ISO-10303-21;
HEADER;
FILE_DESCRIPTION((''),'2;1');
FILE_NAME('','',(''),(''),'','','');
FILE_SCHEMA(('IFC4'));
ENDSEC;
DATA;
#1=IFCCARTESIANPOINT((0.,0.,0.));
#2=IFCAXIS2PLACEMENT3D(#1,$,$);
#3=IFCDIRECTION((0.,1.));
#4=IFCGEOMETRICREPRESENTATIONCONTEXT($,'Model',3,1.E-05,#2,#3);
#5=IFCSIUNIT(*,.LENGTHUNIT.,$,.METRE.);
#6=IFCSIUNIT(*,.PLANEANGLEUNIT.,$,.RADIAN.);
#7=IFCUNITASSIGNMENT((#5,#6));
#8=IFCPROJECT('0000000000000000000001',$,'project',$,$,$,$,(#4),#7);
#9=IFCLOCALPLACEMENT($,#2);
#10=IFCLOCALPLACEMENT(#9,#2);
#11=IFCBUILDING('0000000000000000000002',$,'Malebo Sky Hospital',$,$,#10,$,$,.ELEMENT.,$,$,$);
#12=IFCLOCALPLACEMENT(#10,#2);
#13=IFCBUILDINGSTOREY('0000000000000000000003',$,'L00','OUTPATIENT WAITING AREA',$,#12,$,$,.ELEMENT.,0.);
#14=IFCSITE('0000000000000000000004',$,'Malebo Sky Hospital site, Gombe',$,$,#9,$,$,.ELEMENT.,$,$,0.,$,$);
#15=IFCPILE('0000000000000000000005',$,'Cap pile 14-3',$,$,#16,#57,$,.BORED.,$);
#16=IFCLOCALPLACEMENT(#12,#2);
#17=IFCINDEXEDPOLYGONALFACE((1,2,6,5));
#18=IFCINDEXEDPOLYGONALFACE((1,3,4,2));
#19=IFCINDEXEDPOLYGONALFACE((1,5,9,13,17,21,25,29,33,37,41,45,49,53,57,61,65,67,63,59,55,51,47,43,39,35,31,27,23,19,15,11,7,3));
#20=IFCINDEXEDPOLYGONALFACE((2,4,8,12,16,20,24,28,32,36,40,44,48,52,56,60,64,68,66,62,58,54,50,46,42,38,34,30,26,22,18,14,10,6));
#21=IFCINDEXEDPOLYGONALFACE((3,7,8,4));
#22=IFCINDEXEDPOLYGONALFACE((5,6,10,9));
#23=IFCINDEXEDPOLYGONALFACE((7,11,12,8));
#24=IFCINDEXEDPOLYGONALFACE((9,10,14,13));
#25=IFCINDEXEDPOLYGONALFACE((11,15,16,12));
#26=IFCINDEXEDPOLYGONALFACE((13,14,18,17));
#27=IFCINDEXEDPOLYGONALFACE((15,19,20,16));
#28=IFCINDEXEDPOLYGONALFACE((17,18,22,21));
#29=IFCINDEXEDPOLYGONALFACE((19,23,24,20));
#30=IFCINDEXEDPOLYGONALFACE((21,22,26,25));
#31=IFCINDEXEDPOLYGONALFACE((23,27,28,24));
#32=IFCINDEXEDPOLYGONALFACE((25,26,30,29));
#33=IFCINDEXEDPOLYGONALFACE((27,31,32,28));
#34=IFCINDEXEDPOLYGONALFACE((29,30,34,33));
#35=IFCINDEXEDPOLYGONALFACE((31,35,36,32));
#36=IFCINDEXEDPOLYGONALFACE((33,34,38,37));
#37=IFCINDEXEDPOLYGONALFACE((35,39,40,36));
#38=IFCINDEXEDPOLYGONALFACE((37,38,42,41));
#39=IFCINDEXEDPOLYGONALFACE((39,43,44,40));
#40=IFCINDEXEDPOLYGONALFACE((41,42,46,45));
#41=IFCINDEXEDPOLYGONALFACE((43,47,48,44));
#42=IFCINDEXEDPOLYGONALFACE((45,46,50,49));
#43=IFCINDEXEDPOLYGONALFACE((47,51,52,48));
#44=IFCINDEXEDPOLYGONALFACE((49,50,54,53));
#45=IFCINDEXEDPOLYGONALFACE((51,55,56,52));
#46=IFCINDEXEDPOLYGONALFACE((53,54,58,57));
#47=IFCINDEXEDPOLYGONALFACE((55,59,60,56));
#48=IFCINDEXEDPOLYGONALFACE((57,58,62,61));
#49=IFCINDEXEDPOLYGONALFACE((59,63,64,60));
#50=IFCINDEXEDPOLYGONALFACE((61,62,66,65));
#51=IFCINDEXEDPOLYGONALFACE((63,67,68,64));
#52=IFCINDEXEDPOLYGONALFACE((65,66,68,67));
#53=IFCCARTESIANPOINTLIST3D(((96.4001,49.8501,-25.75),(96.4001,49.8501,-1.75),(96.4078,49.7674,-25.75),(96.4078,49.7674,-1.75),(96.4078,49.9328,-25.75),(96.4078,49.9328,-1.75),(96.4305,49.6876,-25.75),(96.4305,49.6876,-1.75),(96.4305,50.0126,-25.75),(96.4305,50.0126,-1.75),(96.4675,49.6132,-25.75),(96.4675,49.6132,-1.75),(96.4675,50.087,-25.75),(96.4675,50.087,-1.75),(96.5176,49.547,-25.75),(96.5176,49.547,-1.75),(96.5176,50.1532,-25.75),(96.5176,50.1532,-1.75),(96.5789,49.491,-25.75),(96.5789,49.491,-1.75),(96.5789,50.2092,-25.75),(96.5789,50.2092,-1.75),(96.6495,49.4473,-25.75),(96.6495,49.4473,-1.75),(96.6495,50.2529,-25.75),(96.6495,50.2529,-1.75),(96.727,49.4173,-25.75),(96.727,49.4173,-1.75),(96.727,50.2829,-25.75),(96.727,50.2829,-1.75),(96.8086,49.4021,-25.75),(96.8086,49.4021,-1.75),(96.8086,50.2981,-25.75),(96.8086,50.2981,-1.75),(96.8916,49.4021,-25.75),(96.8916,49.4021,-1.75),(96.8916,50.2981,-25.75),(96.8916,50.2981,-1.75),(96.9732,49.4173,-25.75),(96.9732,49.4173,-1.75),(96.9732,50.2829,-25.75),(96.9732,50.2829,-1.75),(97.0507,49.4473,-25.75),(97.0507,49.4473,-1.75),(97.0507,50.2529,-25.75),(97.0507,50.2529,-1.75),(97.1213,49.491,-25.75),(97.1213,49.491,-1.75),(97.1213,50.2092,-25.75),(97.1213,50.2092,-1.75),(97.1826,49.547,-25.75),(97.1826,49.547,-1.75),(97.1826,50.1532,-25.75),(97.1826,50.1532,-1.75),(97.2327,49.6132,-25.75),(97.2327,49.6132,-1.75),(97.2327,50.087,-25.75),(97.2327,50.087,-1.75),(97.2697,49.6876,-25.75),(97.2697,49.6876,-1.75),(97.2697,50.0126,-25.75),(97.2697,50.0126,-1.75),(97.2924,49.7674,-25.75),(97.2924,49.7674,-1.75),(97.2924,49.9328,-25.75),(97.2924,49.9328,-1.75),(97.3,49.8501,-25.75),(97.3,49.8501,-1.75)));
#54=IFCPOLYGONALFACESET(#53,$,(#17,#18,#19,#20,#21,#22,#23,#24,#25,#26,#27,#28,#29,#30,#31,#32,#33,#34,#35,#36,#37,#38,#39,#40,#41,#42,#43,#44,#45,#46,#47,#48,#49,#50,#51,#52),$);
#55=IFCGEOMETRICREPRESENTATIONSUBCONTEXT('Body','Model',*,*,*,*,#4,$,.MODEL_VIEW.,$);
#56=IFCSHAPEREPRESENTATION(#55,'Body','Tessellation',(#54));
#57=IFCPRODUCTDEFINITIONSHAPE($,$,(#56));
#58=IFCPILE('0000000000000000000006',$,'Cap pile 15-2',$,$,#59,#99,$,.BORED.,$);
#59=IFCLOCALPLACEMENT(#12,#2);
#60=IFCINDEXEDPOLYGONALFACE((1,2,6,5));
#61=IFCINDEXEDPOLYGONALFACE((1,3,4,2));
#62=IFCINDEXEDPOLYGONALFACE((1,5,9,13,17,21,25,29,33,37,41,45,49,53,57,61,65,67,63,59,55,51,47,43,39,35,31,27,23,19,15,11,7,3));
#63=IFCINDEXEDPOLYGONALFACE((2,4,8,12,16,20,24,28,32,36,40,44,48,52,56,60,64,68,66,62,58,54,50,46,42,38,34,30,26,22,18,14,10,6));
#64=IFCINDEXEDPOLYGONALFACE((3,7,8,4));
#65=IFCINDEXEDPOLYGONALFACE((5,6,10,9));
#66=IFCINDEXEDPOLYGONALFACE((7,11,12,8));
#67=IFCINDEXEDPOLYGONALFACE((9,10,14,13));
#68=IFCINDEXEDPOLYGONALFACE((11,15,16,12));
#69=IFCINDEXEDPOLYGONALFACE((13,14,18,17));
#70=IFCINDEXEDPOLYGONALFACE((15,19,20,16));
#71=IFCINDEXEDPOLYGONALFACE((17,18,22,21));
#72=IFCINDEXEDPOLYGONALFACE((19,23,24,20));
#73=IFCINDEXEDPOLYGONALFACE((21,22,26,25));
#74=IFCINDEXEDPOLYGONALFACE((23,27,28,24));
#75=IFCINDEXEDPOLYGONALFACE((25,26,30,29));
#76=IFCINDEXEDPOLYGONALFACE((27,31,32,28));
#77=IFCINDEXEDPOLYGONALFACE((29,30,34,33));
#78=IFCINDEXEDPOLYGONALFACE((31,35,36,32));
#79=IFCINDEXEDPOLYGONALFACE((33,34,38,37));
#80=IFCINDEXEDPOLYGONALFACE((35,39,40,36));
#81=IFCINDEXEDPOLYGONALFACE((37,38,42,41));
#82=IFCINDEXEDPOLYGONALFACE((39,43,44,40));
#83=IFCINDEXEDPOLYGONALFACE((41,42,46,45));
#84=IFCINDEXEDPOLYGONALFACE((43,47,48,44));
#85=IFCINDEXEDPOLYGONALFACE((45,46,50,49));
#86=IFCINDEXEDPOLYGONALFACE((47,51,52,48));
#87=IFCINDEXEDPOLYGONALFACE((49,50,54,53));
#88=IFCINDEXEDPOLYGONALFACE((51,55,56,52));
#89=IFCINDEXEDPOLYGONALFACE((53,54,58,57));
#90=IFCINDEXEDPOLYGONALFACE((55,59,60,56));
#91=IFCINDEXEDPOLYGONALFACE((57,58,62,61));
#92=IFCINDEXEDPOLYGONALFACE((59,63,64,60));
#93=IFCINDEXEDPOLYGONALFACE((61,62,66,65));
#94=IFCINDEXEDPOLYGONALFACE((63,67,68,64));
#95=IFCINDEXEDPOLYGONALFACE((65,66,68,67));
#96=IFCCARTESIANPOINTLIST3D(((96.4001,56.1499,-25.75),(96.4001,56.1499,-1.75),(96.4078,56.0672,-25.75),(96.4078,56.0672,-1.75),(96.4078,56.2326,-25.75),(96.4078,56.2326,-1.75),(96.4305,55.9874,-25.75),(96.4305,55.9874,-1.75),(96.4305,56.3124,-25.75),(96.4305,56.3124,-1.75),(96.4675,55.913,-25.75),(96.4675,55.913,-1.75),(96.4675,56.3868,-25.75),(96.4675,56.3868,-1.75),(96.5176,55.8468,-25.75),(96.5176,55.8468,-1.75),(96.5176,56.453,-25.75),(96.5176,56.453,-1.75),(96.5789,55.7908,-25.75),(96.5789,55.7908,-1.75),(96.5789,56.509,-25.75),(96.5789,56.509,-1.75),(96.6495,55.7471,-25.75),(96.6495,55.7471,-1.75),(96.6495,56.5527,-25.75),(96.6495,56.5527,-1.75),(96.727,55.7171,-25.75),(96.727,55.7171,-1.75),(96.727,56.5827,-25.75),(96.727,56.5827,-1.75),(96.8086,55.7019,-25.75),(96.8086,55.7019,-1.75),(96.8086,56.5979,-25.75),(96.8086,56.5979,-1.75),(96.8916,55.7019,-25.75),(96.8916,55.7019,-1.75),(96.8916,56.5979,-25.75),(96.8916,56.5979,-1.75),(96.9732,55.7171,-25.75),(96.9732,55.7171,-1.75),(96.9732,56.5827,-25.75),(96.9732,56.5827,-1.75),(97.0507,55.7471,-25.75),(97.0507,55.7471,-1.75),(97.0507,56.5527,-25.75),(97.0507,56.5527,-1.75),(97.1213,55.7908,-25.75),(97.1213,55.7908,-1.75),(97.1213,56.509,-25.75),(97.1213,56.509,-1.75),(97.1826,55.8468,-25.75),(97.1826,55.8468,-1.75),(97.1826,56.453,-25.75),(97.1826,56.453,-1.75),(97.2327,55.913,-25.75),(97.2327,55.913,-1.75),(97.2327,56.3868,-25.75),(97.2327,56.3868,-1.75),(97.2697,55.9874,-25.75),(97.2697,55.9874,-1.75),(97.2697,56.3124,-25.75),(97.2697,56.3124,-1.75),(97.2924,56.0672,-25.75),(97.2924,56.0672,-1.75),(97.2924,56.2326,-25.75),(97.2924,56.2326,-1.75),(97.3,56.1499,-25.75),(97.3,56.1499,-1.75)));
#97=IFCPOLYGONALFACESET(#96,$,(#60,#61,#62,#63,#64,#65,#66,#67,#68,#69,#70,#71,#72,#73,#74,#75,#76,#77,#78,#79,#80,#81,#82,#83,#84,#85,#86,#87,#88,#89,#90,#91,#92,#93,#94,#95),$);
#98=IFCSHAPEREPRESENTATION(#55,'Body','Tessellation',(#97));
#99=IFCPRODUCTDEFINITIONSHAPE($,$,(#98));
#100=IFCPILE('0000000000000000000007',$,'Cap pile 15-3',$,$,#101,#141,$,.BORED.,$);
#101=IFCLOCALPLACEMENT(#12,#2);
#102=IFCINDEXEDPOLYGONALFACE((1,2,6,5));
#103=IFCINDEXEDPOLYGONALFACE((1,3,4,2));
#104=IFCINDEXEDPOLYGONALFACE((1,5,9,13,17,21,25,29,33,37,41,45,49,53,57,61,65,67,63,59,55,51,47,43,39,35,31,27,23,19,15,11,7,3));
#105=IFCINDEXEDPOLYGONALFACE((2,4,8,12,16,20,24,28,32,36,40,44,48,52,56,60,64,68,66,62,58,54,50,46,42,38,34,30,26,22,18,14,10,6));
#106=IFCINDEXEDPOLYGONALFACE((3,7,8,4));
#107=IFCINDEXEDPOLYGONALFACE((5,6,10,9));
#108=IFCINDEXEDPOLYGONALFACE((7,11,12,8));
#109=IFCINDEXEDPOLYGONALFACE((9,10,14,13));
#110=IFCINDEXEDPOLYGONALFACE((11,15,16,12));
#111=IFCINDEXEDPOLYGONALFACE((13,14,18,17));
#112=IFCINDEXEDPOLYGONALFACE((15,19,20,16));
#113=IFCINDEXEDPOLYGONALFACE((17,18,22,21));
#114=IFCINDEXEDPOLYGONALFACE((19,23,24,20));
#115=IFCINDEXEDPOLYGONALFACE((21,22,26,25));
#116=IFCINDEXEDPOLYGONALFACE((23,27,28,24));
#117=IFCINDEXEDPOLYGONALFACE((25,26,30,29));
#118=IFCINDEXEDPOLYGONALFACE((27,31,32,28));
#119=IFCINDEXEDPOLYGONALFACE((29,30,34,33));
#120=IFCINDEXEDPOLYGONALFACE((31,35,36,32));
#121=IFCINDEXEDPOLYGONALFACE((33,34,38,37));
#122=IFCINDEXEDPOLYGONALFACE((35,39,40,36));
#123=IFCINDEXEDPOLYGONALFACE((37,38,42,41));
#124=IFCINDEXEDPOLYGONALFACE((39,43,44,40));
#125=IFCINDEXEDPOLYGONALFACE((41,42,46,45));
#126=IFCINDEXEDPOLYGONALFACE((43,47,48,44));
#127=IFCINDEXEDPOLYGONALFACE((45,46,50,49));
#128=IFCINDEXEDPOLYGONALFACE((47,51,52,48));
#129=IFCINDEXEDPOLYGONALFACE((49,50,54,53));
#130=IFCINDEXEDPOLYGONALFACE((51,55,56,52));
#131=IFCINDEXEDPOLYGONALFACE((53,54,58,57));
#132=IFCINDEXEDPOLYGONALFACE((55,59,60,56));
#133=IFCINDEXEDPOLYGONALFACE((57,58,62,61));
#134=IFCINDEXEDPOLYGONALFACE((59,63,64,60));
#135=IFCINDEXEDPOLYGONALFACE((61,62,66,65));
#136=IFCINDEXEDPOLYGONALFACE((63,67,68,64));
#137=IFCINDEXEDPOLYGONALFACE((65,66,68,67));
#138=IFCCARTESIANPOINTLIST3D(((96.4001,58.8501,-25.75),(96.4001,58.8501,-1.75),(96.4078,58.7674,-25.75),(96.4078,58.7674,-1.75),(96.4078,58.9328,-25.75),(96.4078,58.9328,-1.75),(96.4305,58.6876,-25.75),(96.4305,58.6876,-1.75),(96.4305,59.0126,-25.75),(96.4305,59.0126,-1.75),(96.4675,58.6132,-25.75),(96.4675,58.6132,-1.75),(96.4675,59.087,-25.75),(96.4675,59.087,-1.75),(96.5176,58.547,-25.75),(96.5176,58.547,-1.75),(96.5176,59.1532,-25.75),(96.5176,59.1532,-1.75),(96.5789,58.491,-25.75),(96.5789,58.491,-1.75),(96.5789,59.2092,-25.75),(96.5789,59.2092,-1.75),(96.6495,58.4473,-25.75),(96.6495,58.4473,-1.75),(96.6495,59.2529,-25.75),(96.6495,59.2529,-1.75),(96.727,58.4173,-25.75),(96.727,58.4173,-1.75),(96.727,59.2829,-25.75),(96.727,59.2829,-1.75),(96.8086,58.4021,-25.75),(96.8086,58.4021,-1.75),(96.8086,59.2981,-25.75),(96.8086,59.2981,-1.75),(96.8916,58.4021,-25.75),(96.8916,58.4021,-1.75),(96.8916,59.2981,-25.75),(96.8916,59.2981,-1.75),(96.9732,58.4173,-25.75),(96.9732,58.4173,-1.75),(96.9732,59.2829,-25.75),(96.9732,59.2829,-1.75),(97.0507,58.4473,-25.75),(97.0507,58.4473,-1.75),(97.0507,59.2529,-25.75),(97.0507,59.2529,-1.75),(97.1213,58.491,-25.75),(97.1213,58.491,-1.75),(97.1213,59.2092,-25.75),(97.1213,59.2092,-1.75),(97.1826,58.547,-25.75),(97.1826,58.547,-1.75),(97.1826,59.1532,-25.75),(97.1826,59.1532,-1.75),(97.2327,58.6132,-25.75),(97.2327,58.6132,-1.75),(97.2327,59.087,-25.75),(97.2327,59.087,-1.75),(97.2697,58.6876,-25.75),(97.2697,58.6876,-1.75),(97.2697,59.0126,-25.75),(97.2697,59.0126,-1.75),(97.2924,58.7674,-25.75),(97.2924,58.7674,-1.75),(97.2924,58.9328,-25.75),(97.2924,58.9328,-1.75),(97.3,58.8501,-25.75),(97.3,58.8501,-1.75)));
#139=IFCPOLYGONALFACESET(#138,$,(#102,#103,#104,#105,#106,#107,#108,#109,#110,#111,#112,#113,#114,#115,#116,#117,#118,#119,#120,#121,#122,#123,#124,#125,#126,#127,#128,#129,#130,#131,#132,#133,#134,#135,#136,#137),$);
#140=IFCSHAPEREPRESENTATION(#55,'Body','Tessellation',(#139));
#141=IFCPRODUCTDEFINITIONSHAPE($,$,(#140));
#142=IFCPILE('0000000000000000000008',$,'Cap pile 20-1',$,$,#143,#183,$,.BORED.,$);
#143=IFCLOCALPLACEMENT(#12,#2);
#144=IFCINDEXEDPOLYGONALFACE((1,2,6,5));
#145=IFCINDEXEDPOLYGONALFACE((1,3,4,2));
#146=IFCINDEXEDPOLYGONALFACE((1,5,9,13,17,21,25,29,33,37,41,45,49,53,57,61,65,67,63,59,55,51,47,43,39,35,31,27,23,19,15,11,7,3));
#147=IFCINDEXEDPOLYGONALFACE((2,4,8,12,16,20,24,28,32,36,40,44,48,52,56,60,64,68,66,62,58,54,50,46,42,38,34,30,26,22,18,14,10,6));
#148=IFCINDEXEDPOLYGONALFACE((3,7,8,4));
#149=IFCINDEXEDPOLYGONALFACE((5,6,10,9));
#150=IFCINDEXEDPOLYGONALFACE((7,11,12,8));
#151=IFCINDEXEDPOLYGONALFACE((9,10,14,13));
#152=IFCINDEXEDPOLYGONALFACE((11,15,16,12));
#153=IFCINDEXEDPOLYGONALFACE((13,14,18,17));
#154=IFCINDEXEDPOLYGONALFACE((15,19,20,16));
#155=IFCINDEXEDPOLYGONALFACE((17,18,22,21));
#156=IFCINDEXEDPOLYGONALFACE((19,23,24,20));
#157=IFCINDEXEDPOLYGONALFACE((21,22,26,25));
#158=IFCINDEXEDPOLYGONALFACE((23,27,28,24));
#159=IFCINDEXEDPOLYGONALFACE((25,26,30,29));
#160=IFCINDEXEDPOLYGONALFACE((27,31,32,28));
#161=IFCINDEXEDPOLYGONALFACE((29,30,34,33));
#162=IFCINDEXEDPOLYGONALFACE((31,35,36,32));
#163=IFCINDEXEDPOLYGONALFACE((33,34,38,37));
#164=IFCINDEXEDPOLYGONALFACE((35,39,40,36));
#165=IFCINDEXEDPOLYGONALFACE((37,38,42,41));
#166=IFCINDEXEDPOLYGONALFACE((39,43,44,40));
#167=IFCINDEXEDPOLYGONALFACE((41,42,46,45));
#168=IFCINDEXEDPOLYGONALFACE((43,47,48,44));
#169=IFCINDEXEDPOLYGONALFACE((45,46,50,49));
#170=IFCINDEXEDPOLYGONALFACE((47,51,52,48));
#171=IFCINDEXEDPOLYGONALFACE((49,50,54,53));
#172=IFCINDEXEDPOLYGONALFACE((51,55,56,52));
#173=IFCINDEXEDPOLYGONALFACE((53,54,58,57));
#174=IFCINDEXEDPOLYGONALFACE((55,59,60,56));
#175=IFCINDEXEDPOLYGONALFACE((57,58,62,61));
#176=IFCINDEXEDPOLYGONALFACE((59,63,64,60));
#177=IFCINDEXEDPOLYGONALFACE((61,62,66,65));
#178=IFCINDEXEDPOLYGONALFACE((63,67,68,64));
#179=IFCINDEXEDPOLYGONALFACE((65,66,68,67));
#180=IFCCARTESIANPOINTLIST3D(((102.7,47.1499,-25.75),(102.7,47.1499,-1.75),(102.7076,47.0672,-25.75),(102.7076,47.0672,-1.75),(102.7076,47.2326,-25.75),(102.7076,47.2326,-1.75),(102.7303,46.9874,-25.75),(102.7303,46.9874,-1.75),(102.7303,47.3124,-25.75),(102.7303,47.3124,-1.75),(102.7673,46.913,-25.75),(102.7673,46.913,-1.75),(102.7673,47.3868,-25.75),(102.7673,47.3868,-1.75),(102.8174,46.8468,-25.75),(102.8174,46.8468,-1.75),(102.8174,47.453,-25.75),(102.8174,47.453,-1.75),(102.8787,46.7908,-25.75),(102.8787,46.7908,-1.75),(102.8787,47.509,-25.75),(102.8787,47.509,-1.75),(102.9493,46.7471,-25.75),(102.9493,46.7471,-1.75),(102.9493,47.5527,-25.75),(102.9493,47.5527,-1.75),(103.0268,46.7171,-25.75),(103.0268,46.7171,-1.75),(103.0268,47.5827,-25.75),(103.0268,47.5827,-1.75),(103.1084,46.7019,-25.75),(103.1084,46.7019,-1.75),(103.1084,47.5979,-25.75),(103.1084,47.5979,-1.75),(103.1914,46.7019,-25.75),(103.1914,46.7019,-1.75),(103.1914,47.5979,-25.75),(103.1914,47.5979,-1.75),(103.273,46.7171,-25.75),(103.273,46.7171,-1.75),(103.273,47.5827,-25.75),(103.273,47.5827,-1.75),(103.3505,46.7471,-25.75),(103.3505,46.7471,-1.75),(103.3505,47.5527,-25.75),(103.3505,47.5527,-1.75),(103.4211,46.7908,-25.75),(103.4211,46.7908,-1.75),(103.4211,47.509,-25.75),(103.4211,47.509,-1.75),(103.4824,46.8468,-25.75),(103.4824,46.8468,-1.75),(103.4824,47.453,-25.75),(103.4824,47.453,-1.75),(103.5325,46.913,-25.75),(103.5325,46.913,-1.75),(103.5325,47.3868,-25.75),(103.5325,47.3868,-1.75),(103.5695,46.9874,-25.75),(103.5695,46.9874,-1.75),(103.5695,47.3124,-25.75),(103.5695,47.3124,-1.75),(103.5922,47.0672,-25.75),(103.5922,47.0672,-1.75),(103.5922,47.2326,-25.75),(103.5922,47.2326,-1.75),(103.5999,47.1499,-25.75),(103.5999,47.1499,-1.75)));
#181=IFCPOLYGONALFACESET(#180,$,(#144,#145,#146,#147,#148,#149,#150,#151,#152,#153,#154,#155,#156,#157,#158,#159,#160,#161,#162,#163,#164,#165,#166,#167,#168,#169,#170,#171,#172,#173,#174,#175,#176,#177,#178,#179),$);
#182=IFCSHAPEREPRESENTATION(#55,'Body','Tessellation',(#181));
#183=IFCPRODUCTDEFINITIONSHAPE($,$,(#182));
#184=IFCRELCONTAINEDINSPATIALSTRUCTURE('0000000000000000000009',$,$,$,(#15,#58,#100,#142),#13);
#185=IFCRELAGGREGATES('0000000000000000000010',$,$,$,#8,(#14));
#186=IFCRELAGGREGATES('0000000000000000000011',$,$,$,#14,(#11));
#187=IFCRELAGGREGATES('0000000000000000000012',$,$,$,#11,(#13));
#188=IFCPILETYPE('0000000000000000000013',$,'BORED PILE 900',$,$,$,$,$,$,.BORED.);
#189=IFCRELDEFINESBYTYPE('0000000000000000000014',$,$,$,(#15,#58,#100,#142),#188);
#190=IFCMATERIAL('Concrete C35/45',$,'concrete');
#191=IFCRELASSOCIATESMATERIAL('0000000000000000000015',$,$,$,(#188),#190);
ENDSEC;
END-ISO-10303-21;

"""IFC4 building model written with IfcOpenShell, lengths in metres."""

from ifc_helpers import new_model, si_unit, direction, frame, origin, origin_2d, place, context, subcontext, project, spatial, circle, extrude, material, material_profile, profile_set, type_object, element, save


model = new_model("IFC4")

# Units and contexts
model_context = context("Model", 3, precision=1e-05, world=origin(), true_north=direction((0.0, 1.0)))
body_context = subcontext(model_context, "Body", "Model", "MODEL_VIEW")
ifc_project = project(units=[si_unit("LENGTHUNIT", "METRE"), si_unit("PLANEANGLEUNIT", "RADIAN")], contexts=[model_context])

# Site, building, storey
site_placement = place(None, origin())
site = spatial("IfcSite", under=ifc_project, at=site_placement, Name="Malebo Sky Hospital site, Gombe", CompositionType="ELEMENT", RefElevation=0.0)
building_placement = place(site_placement, origin())
building = spatial("IfcBuilding", under=site, at=building_placement, Name="Malebo Sky Hospital", CompositionType="ELEMENT")
storey_placement = place(building_placement, origin())
storey = spatial("IfcBuildingStorey", under=building, at=storey_placement, Name="L00", Description="OUTPATIENT WAITING AREA", CompositionType="ELEMENT", Elevation=0.0)

# Piles
ifc_material_1 = material(Name="Concrete C35/45", Category="concrete")
ifc_material_profile_1 = material_profile(ifc_material_1, circle(Radius=0.45, at=origin_2d()), Name="BP 900")
ifc_profile_set_1 = profile_set([ifc_material_profile_1], Name="Concrete C35/45")
pile_type = type_object("IfcPileType", Name="BORED PILE 900", PredefinedType="BORED", material=ifc_profile_set_1)
for number, where, z_axis, x_axis, name in (
    (1, (96.8501, 49.8501, -1.75), (0.0, 0.0, -1.0), (1.0, 0.0, 0.0), "Cap pile 14-3"),
    (2, (96.8501, 56.1499, -1.75), (0.0, 0.0, -1.0), (1.0, 0.0, 0.0), "Cap pile 15-2"),
    (3, (96.8501, 58.8501, -1.75), (0.0, 0.0, -1.0), (1.0, 0.0, 0.0), "Cap pile 15-3"),
    (4, (103.1499, 47.1499, -1.75), (0.0, 0.0, -1.0), (1.0, 0.0, 0.0), "Cap pile 20-1"),
):
    element("IfcPile", number, at=place(storey_placement, frame(where, z_axis=z_axis, x_axis=x_axis)), inside=storey, type_object=pile_type, Name=name, PredefinedType="BORED", context=body_context, shape_type="SweptSolid", body=[
        extrude(circle(Radius=0.45, at=origin_2d()), origin(), (0.0, 0.0, 1.0), 24.0),
    ])

save(model, "model.ifc")
